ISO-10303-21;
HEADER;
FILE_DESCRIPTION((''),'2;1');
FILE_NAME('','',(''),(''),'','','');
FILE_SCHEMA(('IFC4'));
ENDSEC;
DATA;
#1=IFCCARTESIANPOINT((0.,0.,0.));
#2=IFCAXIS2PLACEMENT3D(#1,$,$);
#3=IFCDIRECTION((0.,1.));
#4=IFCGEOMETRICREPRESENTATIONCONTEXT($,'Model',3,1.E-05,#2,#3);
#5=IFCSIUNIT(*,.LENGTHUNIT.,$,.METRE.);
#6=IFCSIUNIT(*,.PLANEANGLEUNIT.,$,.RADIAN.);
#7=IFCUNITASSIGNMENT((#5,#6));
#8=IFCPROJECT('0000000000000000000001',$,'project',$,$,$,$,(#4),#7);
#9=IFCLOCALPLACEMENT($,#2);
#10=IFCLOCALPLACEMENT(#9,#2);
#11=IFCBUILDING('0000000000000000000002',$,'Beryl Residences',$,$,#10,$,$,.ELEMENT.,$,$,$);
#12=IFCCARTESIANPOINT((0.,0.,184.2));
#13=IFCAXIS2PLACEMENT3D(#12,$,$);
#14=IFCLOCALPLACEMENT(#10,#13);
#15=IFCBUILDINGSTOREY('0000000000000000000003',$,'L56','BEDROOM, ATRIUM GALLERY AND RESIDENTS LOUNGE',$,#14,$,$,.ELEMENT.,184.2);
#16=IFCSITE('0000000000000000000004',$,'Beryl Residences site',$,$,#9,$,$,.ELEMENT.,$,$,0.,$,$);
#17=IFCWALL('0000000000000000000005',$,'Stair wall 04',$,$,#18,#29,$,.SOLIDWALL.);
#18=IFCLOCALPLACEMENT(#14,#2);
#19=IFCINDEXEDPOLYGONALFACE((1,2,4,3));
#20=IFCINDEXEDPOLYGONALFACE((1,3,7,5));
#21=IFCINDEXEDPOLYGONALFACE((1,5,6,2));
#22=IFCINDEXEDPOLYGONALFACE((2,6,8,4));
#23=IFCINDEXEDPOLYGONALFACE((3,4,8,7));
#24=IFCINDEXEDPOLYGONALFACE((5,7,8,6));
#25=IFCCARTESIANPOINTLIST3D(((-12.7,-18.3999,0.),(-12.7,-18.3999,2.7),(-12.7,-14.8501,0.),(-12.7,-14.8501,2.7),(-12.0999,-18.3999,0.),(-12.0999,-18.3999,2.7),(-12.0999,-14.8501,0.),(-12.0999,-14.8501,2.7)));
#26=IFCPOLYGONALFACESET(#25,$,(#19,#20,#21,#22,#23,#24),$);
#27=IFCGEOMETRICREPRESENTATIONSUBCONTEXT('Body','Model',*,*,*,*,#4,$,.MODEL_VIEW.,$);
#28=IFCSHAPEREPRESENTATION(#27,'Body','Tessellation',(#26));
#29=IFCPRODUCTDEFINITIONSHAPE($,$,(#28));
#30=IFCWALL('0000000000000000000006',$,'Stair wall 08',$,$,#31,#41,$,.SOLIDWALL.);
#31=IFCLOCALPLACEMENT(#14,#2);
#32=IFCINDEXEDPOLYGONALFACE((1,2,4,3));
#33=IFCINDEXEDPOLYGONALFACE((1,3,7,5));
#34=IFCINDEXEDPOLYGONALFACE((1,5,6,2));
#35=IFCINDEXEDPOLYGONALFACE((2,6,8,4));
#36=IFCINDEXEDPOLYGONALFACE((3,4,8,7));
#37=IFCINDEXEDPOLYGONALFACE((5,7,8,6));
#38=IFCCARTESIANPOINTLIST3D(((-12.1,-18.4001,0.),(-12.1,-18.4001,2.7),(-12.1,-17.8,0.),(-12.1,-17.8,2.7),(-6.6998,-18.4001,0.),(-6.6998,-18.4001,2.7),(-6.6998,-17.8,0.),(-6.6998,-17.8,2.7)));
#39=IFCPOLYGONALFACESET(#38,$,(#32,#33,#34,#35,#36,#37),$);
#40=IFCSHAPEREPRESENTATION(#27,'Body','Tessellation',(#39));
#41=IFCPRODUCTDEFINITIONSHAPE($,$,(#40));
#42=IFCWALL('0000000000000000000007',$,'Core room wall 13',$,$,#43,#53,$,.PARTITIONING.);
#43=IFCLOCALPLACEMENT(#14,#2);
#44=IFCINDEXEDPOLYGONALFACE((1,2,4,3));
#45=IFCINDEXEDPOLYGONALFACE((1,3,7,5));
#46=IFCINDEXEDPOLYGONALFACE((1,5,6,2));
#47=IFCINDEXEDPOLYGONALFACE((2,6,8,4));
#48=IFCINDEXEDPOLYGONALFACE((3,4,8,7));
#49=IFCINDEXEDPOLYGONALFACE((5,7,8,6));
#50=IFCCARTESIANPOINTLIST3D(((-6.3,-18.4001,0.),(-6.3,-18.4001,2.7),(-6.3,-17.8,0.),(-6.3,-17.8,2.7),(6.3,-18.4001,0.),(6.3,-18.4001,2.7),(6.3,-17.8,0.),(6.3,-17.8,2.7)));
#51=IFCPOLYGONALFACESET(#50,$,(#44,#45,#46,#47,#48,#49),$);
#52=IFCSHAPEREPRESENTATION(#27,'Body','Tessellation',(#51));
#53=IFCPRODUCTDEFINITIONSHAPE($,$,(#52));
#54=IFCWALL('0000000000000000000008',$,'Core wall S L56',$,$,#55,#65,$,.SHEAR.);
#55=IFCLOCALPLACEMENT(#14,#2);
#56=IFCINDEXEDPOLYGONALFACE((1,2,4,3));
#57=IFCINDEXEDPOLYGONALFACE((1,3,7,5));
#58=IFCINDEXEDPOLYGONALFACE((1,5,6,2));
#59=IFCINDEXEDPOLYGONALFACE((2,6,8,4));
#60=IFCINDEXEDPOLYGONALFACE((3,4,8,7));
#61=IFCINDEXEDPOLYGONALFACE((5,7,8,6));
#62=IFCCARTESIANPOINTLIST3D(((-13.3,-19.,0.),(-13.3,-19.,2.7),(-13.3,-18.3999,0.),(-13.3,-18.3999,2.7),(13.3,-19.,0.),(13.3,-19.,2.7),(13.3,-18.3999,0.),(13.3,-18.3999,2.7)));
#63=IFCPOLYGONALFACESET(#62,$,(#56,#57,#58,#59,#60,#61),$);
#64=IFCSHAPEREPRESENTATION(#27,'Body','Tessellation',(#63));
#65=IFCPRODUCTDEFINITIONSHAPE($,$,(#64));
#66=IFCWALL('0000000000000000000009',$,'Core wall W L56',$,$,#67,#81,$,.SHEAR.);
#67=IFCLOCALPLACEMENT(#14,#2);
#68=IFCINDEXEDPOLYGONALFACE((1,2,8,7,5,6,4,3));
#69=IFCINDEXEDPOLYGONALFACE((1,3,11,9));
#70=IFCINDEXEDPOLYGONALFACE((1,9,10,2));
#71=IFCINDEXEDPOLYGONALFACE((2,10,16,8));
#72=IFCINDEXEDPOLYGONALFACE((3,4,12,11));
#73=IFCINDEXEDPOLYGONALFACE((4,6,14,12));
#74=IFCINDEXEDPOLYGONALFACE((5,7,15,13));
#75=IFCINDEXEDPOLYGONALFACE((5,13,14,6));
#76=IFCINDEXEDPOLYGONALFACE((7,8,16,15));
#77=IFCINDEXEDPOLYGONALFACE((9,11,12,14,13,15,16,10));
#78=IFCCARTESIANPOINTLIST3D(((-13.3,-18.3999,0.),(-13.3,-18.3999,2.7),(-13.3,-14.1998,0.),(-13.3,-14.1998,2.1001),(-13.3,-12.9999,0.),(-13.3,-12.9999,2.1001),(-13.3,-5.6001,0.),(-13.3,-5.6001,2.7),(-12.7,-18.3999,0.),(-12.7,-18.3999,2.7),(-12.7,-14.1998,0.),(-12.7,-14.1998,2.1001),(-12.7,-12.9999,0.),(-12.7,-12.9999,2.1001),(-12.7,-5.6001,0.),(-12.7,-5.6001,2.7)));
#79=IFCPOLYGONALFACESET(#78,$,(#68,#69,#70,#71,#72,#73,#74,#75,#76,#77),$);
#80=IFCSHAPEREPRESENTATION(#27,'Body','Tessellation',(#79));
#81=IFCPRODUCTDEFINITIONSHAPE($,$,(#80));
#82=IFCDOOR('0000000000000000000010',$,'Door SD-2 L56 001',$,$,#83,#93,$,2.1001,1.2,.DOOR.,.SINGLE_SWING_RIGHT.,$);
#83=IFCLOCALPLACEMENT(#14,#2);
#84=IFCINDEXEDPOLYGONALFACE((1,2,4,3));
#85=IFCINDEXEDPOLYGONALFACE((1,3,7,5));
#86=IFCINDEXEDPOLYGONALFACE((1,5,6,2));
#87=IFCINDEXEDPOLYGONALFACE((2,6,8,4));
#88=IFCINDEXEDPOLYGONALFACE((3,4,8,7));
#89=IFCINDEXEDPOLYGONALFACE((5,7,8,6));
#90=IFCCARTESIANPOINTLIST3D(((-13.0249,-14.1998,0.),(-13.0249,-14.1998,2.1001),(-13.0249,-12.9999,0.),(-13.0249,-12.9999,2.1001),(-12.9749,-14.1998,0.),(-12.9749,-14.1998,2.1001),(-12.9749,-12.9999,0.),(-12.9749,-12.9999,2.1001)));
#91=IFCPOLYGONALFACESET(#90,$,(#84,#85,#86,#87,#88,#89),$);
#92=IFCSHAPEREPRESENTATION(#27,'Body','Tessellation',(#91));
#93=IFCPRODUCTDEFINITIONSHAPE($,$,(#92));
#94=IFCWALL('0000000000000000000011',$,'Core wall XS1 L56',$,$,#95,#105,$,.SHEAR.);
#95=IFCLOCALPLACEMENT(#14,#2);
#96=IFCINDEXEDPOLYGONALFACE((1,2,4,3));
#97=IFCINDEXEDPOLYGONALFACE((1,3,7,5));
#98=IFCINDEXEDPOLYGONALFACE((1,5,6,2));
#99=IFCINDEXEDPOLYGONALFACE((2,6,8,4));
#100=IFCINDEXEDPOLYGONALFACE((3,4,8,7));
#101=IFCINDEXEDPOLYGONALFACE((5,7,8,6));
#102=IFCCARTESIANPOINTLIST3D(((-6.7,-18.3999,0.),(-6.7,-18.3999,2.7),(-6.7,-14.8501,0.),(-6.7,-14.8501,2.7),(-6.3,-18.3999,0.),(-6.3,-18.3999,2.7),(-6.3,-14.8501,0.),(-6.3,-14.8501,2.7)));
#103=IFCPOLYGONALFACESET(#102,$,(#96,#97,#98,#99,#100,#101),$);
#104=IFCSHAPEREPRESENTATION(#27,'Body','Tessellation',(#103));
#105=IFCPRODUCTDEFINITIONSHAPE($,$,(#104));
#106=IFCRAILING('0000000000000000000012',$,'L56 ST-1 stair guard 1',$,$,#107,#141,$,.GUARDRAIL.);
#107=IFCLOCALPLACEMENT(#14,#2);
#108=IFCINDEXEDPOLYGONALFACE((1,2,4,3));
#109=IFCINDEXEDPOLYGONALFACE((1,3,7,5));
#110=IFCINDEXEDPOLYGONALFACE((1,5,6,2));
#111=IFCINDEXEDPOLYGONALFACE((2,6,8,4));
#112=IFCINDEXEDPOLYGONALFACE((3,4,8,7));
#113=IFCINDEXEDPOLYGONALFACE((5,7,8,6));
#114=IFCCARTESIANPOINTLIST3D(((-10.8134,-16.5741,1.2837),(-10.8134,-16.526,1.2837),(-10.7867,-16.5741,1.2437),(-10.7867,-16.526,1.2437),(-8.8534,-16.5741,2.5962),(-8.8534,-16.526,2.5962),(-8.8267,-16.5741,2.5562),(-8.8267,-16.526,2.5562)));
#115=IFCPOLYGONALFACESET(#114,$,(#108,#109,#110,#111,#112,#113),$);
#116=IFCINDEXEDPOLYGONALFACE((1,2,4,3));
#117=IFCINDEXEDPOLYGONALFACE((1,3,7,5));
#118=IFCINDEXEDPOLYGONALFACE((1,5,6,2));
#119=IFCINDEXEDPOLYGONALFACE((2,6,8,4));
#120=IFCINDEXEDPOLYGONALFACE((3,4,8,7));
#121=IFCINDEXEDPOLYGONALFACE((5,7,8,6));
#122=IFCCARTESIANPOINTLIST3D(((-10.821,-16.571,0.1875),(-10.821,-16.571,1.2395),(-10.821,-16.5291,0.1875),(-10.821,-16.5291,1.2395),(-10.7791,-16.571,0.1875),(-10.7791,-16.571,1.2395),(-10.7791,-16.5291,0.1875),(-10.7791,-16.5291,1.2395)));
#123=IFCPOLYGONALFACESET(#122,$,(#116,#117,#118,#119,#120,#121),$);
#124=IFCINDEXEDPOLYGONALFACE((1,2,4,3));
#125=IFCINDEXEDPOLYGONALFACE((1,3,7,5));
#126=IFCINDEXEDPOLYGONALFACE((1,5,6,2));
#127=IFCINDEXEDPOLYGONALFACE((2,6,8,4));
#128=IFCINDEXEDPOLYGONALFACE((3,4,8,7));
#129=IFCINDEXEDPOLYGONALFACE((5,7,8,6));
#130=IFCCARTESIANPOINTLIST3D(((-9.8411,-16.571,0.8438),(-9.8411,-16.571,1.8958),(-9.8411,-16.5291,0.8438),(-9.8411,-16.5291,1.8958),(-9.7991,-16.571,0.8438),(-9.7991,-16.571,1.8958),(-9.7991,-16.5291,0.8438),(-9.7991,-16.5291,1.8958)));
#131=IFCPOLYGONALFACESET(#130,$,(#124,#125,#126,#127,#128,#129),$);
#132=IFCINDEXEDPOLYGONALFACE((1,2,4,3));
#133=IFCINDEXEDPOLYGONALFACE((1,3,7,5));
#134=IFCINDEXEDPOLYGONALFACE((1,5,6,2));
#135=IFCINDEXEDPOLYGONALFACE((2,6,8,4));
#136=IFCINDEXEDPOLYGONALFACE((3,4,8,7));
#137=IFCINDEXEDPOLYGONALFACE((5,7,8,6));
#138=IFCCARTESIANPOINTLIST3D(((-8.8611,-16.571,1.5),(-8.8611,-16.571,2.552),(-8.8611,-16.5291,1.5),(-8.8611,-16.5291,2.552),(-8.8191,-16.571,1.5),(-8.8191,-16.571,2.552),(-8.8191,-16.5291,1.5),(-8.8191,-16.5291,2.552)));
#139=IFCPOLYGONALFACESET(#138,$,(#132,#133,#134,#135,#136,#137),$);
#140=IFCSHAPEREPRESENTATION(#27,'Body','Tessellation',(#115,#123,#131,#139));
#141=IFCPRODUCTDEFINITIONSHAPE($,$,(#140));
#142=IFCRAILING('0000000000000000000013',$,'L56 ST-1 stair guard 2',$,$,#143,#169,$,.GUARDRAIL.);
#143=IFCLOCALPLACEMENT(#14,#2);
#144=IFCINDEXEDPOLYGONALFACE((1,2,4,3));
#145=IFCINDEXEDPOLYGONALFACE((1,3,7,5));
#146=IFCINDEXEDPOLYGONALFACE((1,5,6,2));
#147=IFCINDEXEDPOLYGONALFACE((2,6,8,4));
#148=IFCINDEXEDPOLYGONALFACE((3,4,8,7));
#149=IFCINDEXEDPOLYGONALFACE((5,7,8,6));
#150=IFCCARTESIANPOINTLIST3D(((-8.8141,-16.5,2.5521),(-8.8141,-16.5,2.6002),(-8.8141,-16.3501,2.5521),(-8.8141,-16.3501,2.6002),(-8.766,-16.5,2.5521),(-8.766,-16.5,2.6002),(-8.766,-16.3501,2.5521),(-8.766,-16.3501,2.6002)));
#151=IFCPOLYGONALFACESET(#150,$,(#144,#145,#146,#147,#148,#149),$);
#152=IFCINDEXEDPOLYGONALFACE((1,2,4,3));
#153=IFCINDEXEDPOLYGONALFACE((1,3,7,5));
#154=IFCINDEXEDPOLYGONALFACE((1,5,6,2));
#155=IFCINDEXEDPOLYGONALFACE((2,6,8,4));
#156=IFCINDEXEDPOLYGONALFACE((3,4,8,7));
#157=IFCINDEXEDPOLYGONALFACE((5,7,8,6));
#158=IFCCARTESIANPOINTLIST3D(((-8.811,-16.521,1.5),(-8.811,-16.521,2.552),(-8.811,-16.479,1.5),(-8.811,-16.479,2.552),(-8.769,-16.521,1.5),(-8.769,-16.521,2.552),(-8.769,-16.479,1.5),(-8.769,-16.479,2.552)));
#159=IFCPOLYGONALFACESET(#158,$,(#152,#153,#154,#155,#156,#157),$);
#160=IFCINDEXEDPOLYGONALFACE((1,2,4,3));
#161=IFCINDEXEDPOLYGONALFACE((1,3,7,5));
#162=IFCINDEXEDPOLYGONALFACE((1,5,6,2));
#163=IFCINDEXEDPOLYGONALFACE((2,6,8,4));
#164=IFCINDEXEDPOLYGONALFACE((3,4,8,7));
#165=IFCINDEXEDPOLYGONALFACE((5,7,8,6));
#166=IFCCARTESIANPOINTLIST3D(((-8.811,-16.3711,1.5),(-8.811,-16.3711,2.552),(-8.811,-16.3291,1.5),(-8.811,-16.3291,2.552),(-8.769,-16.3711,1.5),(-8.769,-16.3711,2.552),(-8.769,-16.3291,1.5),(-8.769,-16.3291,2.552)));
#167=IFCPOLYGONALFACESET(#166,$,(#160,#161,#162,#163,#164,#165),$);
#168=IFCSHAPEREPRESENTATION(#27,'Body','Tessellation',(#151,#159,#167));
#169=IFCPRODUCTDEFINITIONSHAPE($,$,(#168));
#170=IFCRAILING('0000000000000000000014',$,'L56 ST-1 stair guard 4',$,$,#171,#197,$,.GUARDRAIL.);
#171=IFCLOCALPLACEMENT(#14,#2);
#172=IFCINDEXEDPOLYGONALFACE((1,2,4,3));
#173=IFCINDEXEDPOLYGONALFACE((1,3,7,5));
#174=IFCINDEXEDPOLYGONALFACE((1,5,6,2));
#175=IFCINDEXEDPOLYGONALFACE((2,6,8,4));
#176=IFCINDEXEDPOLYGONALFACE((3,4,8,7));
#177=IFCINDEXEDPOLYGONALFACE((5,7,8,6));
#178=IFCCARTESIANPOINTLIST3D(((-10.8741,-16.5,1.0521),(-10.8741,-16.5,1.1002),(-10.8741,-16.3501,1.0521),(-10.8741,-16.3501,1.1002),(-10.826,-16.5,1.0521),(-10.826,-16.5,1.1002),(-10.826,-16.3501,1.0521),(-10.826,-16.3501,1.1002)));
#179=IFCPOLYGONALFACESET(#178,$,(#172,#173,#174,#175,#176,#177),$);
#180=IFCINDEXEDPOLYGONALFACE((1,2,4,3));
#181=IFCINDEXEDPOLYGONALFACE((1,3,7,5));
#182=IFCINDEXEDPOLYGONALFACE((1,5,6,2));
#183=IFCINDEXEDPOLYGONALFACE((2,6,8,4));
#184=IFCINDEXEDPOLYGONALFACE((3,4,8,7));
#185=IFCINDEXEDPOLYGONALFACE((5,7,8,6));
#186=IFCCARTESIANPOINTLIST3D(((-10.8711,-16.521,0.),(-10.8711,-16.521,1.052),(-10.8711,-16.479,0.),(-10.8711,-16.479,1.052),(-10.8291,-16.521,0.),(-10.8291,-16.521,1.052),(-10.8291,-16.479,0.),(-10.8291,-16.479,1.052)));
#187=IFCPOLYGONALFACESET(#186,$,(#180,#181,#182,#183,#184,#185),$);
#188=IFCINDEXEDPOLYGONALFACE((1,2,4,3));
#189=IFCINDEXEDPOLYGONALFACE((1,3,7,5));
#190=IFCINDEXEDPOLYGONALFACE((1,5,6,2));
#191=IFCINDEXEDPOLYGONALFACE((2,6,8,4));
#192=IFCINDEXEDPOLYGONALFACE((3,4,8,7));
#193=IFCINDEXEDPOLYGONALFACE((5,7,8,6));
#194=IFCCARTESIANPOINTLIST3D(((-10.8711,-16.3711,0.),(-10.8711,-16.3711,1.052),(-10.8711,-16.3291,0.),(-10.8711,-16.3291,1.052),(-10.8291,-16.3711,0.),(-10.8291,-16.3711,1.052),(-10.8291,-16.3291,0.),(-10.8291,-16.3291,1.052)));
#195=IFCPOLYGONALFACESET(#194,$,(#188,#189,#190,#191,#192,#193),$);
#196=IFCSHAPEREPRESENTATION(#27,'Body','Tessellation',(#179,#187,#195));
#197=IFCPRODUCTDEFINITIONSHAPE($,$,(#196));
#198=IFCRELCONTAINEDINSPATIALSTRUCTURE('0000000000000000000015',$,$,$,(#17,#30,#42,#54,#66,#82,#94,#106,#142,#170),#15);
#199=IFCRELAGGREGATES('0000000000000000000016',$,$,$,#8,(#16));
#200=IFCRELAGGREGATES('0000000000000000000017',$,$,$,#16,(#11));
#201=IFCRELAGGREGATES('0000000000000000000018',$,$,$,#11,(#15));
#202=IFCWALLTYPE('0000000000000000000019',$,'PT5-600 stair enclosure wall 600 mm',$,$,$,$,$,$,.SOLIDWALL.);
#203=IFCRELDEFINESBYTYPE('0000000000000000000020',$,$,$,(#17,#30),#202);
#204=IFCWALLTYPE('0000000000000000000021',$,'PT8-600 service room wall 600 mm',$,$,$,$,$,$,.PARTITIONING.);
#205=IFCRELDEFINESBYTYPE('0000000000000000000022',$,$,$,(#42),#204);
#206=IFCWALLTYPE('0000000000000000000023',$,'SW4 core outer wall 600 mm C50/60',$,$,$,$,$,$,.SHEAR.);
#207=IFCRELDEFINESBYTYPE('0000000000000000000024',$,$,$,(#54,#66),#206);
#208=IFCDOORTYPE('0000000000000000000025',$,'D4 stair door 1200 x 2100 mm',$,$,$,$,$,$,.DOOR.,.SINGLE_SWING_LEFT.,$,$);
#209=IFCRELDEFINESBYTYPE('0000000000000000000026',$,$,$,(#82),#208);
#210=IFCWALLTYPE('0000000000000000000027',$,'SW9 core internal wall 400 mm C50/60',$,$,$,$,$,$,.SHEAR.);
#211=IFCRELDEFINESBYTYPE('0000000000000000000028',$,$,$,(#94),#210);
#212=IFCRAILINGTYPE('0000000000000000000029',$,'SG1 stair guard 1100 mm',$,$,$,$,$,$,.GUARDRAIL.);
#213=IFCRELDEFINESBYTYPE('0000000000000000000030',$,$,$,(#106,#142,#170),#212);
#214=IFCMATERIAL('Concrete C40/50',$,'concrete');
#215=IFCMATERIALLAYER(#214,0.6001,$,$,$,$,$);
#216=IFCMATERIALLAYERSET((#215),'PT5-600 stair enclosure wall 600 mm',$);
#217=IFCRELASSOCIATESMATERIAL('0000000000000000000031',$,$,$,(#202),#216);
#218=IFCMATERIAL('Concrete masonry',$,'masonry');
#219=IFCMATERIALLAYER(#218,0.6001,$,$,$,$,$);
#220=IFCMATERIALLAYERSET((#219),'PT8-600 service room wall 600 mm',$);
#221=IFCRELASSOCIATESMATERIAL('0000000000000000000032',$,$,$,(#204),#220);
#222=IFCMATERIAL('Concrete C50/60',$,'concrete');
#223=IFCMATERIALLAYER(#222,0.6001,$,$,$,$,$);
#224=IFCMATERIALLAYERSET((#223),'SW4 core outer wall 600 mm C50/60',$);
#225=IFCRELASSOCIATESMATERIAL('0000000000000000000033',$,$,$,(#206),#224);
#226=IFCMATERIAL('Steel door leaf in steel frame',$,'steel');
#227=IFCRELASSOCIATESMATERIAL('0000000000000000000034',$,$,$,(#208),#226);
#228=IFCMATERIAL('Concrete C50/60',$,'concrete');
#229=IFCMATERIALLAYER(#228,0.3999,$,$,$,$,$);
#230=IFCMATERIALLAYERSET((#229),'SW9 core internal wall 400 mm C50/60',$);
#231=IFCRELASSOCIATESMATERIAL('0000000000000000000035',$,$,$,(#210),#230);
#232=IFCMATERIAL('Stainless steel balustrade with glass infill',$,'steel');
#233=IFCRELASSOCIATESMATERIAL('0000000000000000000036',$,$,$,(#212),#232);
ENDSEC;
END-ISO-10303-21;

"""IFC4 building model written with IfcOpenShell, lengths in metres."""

from ifc_helpers import new_model, si_unit, direction, frame, frame_2d, origin, origin_2d, place, context, subcontext, project, spatial, rectangle, extrude, material, layer, layer_set, type_object, element, fill, save


model = new_model("IFC4")

# Units and contexts
model_context = context("Model", 3, precision=1e-05, world=origin(), true_north=direction((0.0, 1.0)))
body_context = subcontext(model_context, "Body", "Model", "MODEL_VIEW")
ifc_project = project(units=[si_unit("LENGTHUNIT", "METRE"), si_unit("PLANEANGLEUNIT", "RADIAN")], contexts=[model_context])

# Site, building, storey
site_placement = place(None, origin())
site = spatial("IfcSite", under=ifc_project, at=site_placement, Name="Beryl Residences site", CompositionType="ELEMENT", RefElevation=0.0)
building_placement = place(site_placement, origin())
building = spatial("IfcBuilding", under=site, at=building_placement, Name="Beryl Residences", CompositionType="ELEMENT")
storey_placement = place(building_placement, frame((0.0, 0.0, 184.2)))
storey = spatial("IfcBuildingStorey", under=building, at=storey_placement, Name="L56", Description="BEDROOM, ATRIUM GALLERY AND RESIDENTS LOUNGE", CompositionType="ELEMENT", Elevation=184.2)

# Walls
ifc_material_1 = material(Name="Concrete C40/50", Category="concrete")
ifc_layer_1 = layer(ifc_material_1, 0.6001)
ifc_layer_set_1 = layer_set([ifc_layer_1], Name="PT5-600 stair enclosure wall 600 mm")
wall_type_1 = type_object("IfcWallType", Name="PT5-600 stair enclosure wall 600 mm", PredefinedType="SOLIDWALL", material=ifc_layer_set_1)
wall_1_placement = place(storey_placement, frame((-12.3999, -18.3999, 0.0), z_axis=(0.0, 0.0, 1.0), x_axis=(0.0, 1.0, 0.0)))
element("IfcWall", 1, at=wall_1_placement, inside=storey, type_object=wall_type_1, Name="Stair wall 04", PredefinedType="SOLIDWALL", context=body_context, shape_type="SweptSolid", body=[
    extrude(rectangle(XDim=3.5498, YDim=0.6001, at=frame_2d((1.7749, 0.0))), origin(), (0.0, 0.0, 1.0), 2.7),
])
wall_2_placement = place(storey_placement, frame((-12.1001, -18.1001, 0.0), z_axis=(0.0, 0.0, 1.0), x_axis=(1.0, 0.0, 0.0)))
element("IfcWall", 2, at=wall_2_placement, inside=storey, type_object=wall_type_1, Name="Stair wall 08", PredefinedType="SOLIDWALL", context=body_context, shape_type="SweptSolid", body=[
    extrude(rectangle(XDim=5.4001, YDim=0.6001, at=frame_2d((2.7002, 0.0))), origin(), (0.0, 0.0, 1.0), 2.7),
])
ifc_material_2 = material(Name="Concrete masonry", Category="masonry")
ifc_layer_2 = layer(ifc_material_2, 0.6001)
ifc_layer_set_2 = layer_set([ifc_layer_2], Name="PT8-600 service room wall 600 mm")
wall_type_2 = type_object("IfcWallType", Name="PT8-600 service room wall 600 mm", PredefinedType="PARTITIONING", material=ifc_layer_set_2)
wall_3_placement = place(storey_placement, frame((-6.3, -18.1001, 0.0), z_axis=(0.0, 0.0, 1.0), x_axis=(1.0, 0.0, 0.0)))
element("IfcWall", 3, at=wall_3_placement, inside=storey, type_object=wall_type_2, Name="Core room wall 13", PredefinedType="PARTITIONING", context=body_context, shape_type="SweptSolid", body=[
    extrude(rectangle(XDim=12.6001, YDim=0.6001, at=frame_2d((6.3, 0.0))), origin(), (0.0, 0.0, 1.0), 2.7),
])
ifc_material_3 = material(Name="Concrete C50/60", Category="concrete")
ifc_layer_3 = layer(ifc_material_3, 0.6001)
ifc_layer_set_3 = layer_set([ifc_layer_3], Name="SW4 core outer wall 600 mm C50/60")
wall_type_3 = type_object("IfcWallType", Name="SW4 core outer wall 600 mm C50/60", PredefinedType="SHEAR", material=ifc_layer_set_3)
wall_4_placement = place(storey_placement, frame((-13.3, -18.7, 0.0), z_axis=(0.0, 0.0, 1.0), x_axis=(1.0, 0.0, 0.0)))
element("IfcWall", 4, at=wall_4_placement, inside=storey, type_object=wall_type_3, Name="Core wall S L56", PredefinedType="SHEAR", context=body_context, shape_type="SweptSolid", body=[
    extrude(rectangle(XDim=26.6001, YDim=0.6001, at=frame_2d((13.3, 0.0))), origin(), (0.0, 0.0, 1.0), 2.7),
])

# Wall, opening, door
wall_5_placement = place(storey_placement, frame((-13.0, -18.3999, 0.0), z_axis=(0.0, 0.0, 1.0), x_axis=(0.0, 1.0, 0.0)))
wall_5 = element("IfcWall", 5, at=wall_5_placement, inside=storey, type_object=wall_type_3, Name="Core wall W L56", PredefinedType="SHEAR", context=body_context, shape_type="SweptSolid", body=[
    extrude(rectangle(XDim=12.7998, YDim=0.6001, at=frame_2d((6.3999, 0.0))), origin(), (0.0, 0.0, 1.0), 2.7),
])
opening_1_placement = place(wall_5_placement, frame((4.2, 0.0, 0.0)))
opening_1 = element("IfcOpeningElement", 6, at=opening_1_placement, cuts=wall_5, PredefinedType="OPENING", context=body_context, shape_type="SweptSolid", body=[
    extrude(rectangle(XDim=1.2, YDim=2.1001, at=frame_2d((0.6001, 1.05))), frame((0.0, 0.3101, 0.0), z_axis=(0.0, -1.0, 0.0), x_axis=(1.0, 0.0, 0.0)), (0.0, 0.0, 1.0), 0.6201),
])
ifc_material_4 = material(Name="Steel door leaf in steel frame", Category="steel")
door_type = type_object("IfcDoorType", Name="D4 stair door 1200 x 2100 mm", OperationType="SINGLE_SWING_LEFT", PredefinedType="DOOR", material=ifc_material_4)
door_placement = place(opening_1_placement, origin())
door = element("IfcDoor", 7, at=door_placement, inside=storey, type_object=door_type, Name="Door SD-2 L56 001", OperationType="SINGLE_SWING_RIGHT", OverallHeight=2.1001, OverallWidth=1.2, PredefinedType="DOOR", context=body_context, shape_type="SweptSolid", body=[
    extrude(rectangle(XDim=1.2, YDim=2.1001, at=frame_2d((0.6001, 1.05))), frame((0.0, 0.0249, 0.0), z_axis=(0.0, -1.0, 0.0), x_axis=(1.0, 0.0, 0.0)), (0.0, 0.0, 1.0), 0.05),
])
fill(opening_1, door)

# Wall
ifc_material_5 = material(Name="Concrete C50/60", Category="concrete")
ifc_layer_4 = layer(ifc_material_5, 0.3999)
ifc_layer_set_4 = layer_set([ifc_layer_4], Name="SW9 core internal wall 400 mm C50/60")
wall_type_4 = type_object("IfcWallType", Name="SW9 core internal wall 400 mm C50/60", PredefinedType="SHEAR", material=ifc_layer_set_4)
wall_6_placement = place(storey_placement, frame((-6.5, -18.3999, 0.0), z_axis=(0.0, 0.0, 1.0), x_axis=(0.0, 1.0, 0.0)))
element("IfcWall", 8, at=wall_6_placement, inside=storey, type_object=wall_type_4, Name="Core wall XS1 L56", PredefinedType="SHEAR", context=body_context, shape_type="SweptSolid", body=[
    extrude(rectangle(XDim=3.5498, YDim=0.3999, at=frame_2d((1.7749, 0.0))), origin(), (0.0, 0.0, 1.0), 2.7),
])

# Railings
ifc_material_6 = material(Name="Stainless steel balustrade with glass infill", Category="steel")
railing_type_1 = type_object("IfcRailingType", Name="SG1 stair guard 1100 mm", PredefinedType="GUARDRAIL", material=ifc_material_6)
railing_1_placement = place(storey_placement, frame((-10.8, -16.55, 0.1875)))
element("IfcRailing", 9, at=railing_1_placement, inside=storey, type_object=railing_type_1, Name="L56 ST-1 stair guard 1", PredefinedType="GUARDRAIL", context=body_context, shape_type="SweptSolid", body=[
    extrude(rectangle(XDim=0.0481, YDim=0.0481, at=origin_2d()), frame((0.0, 0.0, 1.0762), z_axis=(0.830902, 0.0, 0.556419), x_axis=(0.0, 1.0, 0.0)), (0.0, 0.0, 1.0), 2.3589),
    extrude(rectangle(XDim=0.042, YDim=0.042, at=origin_2d()), origin(), (0.0, 0.0, 1.0), 1.052),
    extrude(rectangle(XDim=0.042, YDim=0.042, at=origin_2d()), frame((0.98, 0.0, 0.6562)), (0.0, 0.0, 1.0), 1.052),
    extrude(rectangle(XDim=0.042, YDim=0.042, at=origin_2d()), frame((1.96, 0.0, 1.3125)), (0.0, 0.0, 1.0), 1.052),
])
for number, where, name in (
    (10, (-8.79, -16.5, 1.5), "L56 ST-1 stair guard 2"),
    (11, (-10.8501, -16.5, 0.0), "L56 ST-1 stair guard 4"),
):
    element("IfcRailing", number, at=place(storey_placement, frame(where)), inside=storey, type_object=railing_type_1, Name=name, PredefinedType="GUARDRAIL", context=body_context, shape_type="SweptSolid", body=[
        extrude(rectangle(XDim=0.0481, YDim=0.0481, at=origin_2d()), frame((0.0, 0.0, 1.0762), z_axis=(0.0, 1.0, 0.0), x_axis=(-1.0, 0.0, 0.0)), (0.0, 0.0, 1.0), 0.1499),
        extrude(rectangle(XDim=0.042, YDim=0.042, at=origin_2d()), origin(), (0.0, 0.0, 1.0), 1.052),
        extrude(rectangle(XDim=0.042, YDim=0.042, at=origin_2d()), frame((0.0, 0.1499, 0.0)), (0.0, 0.0, 1.0), 1.052),
    ])

save(model, "model.ifc")
